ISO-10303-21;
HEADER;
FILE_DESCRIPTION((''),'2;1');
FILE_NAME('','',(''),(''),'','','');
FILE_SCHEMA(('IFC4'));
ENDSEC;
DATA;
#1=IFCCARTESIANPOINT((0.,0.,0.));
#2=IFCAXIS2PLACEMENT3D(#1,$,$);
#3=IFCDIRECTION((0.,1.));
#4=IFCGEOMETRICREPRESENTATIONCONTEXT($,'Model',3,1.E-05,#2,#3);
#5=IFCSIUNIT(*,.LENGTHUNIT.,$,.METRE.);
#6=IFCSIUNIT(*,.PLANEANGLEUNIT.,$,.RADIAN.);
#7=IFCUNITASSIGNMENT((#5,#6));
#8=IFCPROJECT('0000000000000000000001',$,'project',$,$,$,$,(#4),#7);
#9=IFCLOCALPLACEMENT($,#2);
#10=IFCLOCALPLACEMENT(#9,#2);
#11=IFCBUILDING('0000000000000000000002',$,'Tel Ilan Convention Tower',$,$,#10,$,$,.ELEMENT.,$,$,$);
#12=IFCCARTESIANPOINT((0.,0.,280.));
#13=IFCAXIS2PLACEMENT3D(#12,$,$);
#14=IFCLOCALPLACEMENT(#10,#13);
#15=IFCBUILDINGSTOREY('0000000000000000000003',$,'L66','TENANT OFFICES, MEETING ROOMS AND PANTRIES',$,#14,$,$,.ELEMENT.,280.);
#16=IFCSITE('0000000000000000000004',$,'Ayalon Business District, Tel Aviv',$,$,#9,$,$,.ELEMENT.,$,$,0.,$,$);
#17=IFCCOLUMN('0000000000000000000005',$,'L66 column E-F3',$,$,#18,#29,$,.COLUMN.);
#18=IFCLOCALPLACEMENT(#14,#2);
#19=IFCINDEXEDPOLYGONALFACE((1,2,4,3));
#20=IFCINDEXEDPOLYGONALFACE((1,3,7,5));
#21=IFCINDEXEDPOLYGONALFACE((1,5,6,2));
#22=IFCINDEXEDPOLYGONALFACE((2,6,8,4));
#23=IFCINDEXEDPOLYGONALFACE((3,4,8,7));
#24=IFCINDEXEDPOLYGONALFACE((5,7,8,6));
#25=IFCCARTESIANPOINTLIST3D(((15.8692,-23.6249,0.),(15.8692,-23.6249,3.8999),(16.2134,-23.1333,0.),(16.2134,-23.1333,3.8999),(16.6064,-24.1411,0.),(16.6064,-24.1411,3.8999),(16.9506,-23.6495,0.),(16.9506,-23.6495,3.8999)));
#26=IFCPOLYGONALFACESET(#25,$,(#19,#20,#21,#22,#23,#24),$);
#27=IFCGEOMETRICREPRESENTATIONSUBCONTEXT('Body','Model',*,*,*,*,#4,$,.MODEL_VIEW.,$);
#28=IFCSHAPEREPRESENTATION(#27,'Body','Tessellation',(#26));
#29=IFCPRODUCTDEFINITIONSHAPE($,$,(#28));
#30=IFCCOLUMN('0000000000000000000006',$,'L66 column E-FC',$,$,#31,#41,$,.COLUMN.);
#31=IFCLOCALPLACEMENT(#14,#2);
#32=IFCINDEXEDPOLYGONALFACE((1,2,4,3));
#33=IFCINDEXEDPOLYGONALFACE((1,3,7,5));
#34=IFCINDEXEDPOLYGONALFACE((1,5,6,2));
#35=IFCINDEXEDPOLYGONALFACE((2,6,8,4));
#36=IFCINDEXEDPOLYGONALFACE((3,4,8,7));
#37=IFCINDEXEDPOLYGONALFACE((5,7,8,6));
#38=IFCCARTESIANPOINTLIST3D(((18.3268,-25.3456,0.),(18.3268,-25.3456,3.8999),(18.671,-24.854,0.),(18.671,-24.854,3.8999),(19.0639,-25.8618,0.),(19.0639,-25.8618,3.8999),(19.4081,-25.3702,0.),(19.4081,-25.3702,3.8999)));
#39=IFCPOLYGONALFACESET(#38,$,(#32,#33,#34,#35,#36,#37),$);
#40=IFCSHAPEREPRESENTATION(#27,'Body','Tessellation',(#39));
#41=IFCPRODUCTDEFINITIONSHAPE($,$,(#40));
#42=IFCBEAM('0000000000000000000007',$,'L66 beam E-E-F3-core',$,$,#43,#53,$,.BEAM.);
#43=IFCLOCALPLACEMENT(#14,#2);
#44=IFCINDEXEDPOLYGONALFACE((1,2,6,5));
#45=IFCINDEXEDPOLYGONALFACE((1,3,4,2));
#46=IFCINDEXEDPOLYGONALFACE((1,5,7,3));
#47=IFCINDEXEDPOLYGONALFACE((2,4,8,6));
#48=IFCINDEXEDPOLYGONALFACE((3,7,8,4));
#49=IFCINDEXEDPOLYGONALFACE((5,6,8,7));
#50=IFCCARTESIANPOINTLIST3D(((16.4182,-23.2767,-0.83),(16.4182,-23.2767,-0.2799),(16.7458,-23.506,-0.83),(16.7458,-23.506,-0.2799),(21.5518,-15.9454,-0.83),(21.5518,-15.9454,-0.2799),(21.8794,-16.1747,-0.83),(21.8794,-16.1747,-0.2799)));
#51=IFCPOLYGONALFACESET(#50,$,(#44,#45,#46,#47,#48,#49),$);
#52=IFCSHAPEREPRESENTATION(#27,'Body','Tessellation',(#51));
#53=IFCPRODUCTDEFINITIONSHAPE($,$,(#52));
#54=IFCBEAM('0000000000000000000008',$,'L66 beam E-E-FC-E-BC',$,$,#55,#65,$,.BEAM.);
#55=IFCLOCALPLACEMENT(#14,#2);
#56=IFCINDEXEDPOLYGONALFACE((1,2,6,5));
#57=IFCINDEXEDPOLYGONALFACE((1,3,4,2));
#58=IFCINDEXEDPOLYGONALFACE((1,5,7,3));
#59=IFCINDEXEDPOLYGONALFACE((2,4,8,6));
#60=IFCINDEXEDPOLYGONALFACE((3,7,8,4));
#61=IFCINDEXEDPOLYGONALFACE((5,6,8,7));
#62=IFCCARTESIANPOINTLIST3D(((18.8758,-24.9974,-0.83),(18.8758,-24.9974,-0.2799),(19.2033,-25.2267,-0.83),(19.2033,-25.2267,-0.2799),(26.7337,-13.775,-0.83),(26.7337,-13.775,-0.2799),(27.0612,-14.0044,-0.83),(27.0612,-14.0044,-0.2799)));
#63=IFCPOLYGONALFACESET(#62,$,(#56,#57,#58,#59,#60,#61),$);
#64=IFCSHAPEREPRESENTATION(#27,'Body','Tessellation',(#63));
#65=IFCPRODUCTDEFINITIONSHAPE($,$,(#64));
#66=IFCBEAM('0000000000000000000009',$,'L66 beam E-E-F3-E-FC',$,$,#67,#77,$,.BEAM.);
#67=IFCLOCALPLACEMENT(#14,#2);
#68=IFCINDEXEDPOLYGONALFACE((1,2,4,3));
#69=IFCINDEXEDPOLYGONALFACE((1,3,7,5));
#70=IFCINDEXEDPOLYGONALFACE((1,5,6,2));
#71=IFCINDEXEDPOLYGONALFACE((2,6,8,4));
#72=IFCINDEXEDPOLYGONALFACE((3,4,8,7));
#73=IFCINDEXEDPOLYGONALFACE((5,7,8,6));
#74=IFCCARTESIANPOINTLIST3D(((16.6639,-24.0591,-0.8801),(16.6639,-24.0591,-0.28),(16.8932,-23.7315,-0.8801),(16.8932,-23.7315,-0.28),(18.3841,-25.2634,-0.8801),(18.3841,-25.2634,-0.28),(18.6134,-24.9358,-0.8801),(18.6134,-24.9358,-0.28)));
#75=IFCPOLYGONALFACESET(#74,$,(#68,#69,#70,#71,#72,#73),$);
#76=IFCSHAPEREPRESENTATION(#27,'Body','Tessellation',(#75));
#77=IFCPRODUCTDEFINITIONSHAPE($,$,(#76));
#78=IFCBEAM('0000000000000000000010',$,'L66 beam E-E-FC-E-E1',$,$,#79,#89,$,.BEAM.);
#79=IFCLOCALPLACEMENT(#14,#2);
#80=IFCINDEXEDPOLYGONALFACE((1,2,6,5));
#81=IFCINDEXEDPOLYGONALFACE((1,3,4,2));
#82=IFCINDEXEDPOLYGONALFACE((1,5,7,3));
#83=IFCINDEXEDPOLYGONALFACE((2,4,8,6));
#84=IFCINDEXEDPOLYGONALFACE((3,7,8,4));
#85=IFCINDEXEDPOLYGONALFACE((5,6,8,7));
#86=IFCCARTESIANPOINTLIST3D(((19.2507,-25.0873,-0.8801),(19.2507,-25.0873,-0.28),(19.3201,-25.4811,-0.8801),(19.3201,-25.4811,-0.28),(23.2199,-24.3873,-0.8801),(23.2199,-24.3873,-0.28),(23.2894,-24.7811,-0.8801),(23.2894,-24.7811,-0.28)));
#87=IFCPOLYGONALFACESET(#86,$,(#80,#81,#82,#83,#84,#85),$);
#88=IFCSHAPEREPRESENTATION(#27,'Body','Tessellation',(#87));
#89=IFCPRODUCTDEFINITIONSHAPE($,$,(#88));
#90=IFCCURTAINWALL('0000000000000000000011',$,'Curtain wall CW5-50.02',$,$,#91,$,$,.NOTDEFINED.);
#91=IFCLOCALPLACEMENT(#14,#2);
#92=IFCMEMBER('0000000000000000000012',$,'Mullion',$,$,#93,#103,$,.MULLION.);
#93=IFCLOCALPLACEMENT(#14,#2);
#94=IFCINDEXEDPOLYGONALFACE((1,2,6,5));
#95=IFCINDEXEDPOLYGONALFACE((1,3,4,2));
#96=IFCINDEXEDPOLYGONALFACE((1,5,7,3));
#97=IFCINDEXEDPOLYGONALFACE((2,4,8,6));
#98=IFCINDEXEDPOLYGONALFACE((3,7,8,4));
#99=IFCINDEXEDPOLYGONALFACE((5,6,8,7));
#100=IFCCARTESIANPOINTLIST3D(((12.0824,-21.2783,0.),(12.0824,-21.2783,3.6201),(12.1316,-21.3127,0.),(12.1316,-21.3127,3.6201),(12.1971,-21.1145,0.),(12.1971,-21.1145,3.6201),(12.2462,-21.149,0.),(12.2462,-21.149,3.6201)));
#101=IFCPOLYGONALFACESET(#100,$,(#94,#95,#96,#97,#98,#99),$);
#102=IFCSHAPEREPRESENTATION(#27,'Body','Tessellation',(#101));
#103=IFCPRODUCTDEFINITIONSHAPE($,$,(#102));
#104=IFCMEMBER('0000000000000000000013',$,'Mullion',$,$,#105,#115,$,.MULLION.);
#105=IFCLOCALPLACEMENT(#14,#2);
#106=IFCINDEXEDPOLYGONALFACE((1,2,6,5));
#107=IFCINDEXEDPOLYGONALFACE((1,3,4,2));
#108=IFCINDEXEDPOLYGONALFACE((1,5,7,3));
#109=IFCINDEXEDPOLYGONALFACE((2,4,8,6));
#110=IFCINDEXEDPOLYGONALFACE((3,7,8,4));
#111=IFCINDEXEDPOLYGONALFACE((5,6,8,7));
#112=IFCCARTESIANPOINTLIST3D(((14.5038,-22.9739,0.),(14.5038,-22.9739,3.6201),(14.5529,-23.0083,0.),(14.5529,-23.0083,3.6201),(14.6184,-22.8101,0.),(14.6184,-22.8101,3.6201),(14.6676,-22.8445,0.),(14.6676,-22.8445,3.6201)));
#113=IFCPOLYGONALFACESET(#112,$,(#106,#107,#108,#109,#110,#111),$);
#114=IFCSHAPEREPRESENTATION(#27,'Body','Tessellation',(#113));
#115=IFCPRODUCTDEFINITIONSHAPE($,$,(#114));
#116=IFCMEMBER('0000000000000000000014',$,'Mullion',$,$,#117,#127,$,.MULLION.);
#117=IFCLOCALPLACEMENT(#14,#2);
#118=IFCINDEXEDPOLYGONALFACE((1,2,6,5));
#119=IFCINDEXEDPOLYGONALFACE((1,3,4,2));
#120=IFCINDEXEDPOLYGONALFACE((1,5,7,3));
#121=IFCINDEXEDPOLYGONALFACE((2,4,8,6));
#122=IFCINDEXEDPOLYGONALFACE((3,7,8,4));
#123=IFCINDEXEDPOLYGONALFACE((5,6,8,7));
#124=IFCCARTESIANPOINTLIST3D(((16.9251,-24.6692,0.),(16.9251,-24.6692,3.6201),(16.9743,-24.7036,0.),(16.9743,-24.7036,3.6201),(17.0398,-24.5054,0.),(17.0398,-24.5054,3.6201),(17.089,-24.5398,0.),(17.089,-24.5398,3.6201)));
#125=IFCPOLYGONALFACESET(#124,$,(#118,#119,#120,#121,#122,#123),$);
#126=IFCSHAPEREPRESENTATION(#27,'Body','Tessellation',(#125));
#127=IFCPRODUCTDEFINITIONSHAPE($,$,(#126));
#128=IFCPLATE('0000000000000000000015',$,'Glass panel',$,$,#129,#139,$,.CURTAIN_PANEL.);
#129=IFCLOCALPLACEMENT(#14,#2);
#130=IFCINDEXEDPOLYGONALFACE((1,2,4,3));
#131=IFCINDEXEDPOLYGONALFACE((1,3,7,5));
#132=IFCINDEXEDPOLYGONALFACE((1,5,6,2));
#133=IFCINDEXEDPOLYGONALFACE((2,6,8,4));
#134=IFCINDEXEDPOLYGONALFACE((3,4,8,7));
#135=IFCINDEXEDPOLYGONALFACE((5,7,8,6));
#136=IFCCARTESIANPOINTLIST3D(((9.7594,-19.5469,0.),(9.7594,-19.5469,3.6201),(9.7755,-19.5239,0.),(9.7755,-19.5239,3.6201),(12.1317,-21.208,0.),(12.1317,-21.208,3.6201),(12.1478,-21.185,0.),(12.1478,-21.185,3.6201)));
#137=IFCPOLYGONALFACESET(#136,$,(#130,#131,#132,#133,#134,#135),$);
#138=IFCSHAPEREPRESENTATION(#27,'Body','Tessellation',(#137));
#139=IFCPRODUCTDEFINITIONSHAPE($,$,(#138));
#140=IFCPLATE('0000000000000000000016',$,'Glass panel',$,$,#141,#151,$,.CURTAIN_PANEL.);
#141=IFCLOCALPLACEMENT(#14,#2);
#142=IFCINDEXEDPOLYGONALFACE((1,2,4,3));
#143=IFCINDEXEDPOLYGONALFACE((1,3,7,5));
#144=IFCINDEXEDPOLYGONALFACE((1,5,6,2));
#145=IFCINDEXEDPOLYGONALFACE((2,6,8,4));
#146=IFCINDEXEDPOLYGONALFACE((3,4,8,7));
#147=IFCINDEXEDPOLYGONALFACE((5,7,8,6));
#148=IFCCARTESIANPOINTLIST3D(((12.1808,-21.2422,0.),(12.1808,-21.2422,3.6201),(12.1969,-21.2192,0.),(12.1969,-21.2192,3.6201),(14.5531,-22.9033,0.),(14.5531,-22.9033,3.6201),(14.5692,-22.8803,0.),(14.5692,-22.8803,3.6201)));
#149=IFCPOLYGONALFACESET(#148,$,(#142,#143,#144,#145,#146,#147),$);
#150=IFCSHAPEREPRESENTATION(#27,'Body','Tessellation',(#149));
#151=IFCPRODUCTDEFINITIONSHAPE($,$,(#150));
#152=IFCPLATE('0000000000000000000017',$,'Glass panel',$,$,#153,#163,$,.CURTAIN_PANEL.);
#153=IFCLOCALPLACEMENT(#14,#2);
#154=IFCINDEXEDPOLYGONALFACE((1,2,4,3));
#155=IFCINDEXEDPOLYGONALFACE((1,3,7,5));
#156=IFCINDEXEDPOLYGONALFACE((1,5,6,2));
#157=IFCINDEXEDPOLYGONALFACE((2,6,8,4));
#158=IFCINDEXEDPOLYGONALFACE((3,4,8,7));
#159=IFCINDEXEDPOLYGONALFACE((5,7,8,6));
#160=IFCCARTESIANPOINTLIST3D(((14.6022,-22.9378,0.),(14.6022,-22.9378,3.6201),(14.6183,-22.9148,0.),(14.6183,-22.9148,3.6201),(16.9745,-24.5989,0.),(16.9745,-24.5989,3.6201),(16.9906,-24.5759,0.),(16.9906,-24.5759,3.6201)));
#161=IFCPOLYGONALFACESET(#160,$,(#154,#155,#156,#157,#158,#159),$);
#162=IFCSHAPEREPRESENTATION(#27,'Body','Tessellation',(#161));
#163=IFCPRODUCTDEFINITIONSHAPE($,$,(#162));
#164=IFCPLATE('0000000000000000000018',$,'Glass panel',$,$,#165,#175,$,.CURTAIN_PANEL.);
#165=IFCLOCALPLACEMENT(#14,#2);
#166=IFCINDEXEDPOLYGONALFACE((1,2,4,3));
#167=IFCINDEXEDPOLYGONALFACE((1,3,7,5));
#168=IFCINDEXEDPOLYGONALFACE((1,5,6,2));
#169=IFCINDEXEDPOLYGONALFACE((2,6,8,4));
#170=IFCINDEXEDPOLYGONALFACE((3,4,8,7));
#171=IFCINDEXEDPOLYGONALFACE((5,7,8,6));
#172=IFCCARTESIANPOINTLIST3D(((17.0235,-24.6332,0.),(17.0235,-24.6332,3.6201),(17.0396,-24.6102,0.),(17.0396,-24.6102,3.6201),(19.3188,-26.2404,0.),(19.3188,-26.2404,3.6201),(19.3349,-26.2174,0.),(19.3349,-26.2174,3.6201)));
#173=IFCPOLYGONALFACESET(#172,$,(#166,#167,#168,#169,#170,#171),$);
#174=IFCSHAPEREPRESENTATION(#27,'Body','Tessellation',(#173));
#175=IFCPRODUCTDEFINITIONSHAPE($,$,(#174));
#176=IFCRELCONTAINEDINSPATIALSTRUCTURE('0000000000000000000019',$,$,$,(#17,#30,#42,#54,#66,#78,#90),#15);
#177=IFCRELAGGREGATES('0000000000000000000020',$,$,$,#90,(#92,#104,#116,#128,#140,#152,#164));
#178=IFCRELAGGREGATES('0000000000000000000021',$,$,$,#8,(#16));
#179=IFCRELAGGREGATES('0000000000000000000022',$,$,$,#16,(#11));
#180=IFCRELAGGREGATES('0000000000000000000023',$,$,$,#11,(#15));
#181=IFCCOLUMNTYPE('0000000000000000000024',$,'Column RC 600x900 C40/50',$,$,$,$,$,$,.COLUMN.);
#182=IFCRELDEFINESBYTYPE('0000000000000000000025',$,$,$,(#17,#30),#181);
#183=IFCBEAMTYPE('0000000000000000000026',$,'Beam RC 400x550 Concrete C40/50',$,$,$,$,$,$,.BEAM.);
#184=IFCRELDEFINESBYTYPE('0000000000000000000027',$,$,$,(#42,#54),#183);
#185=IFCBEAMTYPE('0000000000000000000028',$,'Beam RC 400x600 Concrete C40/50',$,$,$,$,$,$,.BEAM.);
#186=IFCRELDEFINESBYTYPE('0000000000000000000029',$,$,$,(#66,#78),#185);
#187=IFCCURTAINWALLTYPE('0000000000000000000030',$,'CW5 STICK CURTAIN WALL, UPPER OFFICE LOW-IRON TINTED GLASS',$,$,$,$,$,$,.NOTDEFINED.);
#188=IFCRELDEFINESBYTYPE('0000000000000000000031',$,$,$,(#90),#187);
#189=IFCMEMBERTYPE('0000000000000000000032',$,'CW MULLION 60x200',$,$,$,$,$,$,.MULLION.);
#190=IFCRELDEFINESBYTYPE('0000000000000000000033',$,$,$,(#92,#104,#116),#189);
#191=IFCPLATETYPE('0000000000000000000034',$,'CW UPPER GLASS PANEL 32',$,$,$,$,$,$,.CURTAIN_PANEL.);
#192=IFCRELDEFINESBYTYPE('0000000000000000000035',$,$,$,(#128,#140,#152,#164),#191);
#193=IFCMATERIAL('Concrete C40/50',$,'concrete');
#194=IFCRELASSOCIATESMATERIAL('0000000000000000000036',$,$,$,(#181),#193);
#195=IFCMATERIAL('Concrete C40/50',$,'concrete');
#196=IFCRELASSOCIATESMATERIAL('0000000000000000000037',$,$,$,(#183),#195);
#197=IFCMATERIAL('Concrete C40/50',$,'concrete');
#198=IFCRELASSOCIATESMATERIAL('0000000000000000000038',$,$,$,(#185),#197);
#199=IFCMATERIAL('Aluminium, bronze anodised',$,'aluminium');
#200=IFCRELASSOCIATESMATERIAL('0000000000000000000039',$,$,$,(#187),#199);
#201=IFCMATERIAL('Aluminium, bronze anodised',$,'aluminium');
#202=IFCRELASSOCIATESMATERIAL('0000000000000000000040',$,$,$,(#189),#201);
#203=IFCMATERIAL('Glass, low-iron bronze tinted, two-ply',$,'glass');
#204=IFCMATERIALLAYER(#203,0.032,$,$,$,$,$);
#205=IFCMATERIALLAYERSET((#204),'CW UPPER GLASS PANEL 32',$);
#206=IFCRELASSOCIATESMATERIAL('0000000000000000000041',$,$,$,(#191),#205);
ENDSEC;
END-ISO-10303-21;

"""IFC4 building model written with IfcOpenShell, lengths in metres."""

from ifc_helpers import new_model, si_unit, direction, frame, origin, origin_2d, place, context, subcontext, project, spatial, rectangle, extrude, material, layer, layer_set, material_profile, profile_set, type_object, element, aggregate, save


model = new_model("IFC4")

# Units and contexts
model_context = context("Model", 3, precision=1e-05, world=origin(), true_north=direction((0.0, 1.0)))
body_context = subcontext(model_context, "Body", "Model", "MODEL_VIEW")
ifc_project = project(units=[si_unit("LENGTHUNIT", "METRE"), si_unit("PLANEANGLEUNIT", "RADIAN")], contexts=[model_context])

# Site, building, storey
site_placement = place(None, origin())
site = spatial("IfcSite", under=ifc_project, at=site_placement, Name="Ayalon Business District, Tel Aviv", CompositionType="ELEMENT", RefElevation=0.0)
building_placement = place(site_placement, origin())
building = spatial("IfcBuilding", under=site, at=building_placement, Name="Tel Ilan Convention Tower", CompositionType="ELEMENT")
storey_placement = place(building_placement, frame((0.0, 0.0, 280.0)))
storey = spatial("IfcBuildingStorey", under=building, at=storey_placement, Name="L66", Description="TENANT OFFICES, MEETING ROOMS AND PANTRIES", CompositionType="ELEMENT", Elevation=280.0)

# Columns
ifc_material_1 = material(Name="Concrete C40/50", Category="concrete")
ifc_material_profile_1 = material_profile(ifc_material_1, rectangle(XDim=0.8999, YDim=0.6001, at=origin_2d()), Name="RC 600x900")
ifc_profile_set_1 = profile_set([ifc_material_profile_1], Name="Concrete C40/50")
column_type = type_object("IfcColumnType", Name="Column RC 600x900 C40/50", PredefinedType="COLUMN", material=ifc_profile_set_1)
for number, where, z_axis, x_axis, name in (
    (1, (16.4099, -23.6372, 0.0), (0.0, 0.0, 1.0), (0.819152, -0.573576, 0.0), "L66 column E-F3"),
    (2, (18.8674, -25.3579, 0.0), (0.0, 0.0, 1.0), (0.819152, -0.573576, 0.0), "L66 column E-FC"),
):
    element("IfcColumn", number, at=place(storey_placement, frame(where, z_axis=z_axis, x_axis=x_axis)), inside=storey, type_object=column_type, Name=name, PredefinedType="COLUMN", context=body_context, shape_type="SweptSolid", body=[
        extrude(rectangle(XDim=0.8999, YDim=0.6001, at=origin_2d()), origin(), (0.0, 0.0, 1.0), 3.8999),
    ])

# Beams
ifc_material_2 = material(Name="Concrete C40/50", Category="concrete")
ifc_material_profile_2 = material_profile(ifc_material_2, rectangle(XDim=0.3999, YDim=0.55, at=origin_2d()), Name="RC 400x550")
ifc_profile_set_2 = profile_set([ifc_material_profile_2], Name="Concrete C40/50")
beam_type_1 = type_object("IfcBeamType", Name="Beam RC 400x550 Concrete C40/50", PredefinedType="BEAM", material=ifc_profile_set_2)
beam_1_placement = place(storey_placement, frame((16.582, -23.3914, -0.5549), z_axis=(0.573585, 0.819146, 0.0), x_axis=(-0.819146, 0.573585, 0.0)))
element("IfcBeam", 3, at=beam_1_placement, inside=storey, type_object=beam_type_1, Name="L66 beam E-E-F3-core", PredefinedType="BEAM", context=body_context, shape_type="SweptSolid", body=[
    extrude(rectangle(XDim=0.3999, YDim=0.55, at=origin_2d()), origin(), (0.0, 0.0, 1.0), 8.95),
])
beam_2_placement = place(storey_placement, frame((19.0396, -25.1121, -0.5549), z_axis=(0.573571, 0.819156, 0.0), x_axis=(-0.819156, 0.573571, 0.0)))
element("IfcBeam", 4, at=beam_2_placement, inside=storey, type_object=beam_type_1, Name="L66 beam E-E-FC-E-BC", PredefinedType="BEAM", context=body_context, shape_type="SweptSolid", body=[
    extrude(rectangle(XDim=0.3999, YDim=0.55, at=origin_2d()), origin(), (0.0, 0.0, 1.0), 13.7),
])
ifc_material_3 = material(Name="Concrete C40/50", Category="concrete")
ifc_material_profile_3 = material_profile(ifc_material_3, rectangle(XDim=0.3999, YDim=0.6001, at=origin_2d()), Name="RC 400x600")
ifc_profile_set_3 = profile_set([ifc_material_profile_3], Name="Concrete C40/50")
beam_type_2 = type_object("IfcBeamType", Name="Beam RC 400x600 Concrete C40/50", PredefinedType="BEAM", material=ifc_profile_set_3)
beam_3_placement = place(storey_placement, frame((16.7786, -23.8953, -0.5801), z_axis=(0.819188, -0.573525, 0.0), x_axis=(0.573525, 0.819188, 0.0)))
element("IfcBeam", 5, at=beam_3_placement, inside=storey, type_object=beam_type_2, Name="L66 beam E-E-F3-E-FC", PredefinedType="BEAM", context=body_context, shape_type="SweptSolid", body=[
    extrude(rectangle(XDim=0.3999, YDim=0.6001, at=origin_2d()), origin(), (0.0, 0.0, 1.0), 2.0999),
])
beam_4_placement = place(storey_placement, frame((19.2854, -25.2842, -0.5801), z_axis=(0.984805, 0.173664, 0.0), x_axis=(-0.173664, 0.984805, 0.0)))
element("IfcBeam", 6, at=beam_4_placement, inside=storey, type_object=beam_type_2, Name="L66 beam E-E-FC-E-E1", PredefinedType="BEAM", context=body_context, shape_type="SweptSolid", body=[
    extrude(rectangle(XDim=0.3999, YDim=0.6001, at=origin_2d()), origin(), (0.0, 0.0, 1.0), 4.0305),
])

# Curtain wall, members, plates
ifc_material_4 = material(Name="Aluminium, bronze anodised", Category="aluminium")
curtain_wall_type = type_object("IfcCurtainWallType", Name="CW5 STICK CURTAIN WALL, UPPER OFFICE LOW-IRON TINTED GLASS", PredefinedType="NOTDEFINED", material=ifc_material_4)
curtain_wall_placement = place(storey_placement, origin())
curtain_wall = element("IfcCurtainWall", 7, at=curtain_wall_placement, inside=storey, type_object=curtain_wall_type, Name="Curtain wall CW5-50.02", PredefinedType="NOTDEFINED")
ifc_material_5 = material(Name="Aluminium, bronze anodised", Category="aluminium")
ifc_material_profile_4 = material_profile(ifc_material_5, rectangle(XDim=0.0601, YDim=0.2, at=origin_2d()), Name="CW MULLION 60x200")
ifc_profile_set_4 = profile_set([ifc_material_profile_4], Name="Aluminium, bronze anodised")
member_type = type_object("IfcMemberType", Name="CW MULLION 60x200", PredefinedType="MULLION", material=ifc_profile_set_4)
member_1_placement = place(storey_placement, frame((12.1643, -21.2136, 0.0), z_axis=(0.0, 0.0, 1.0), x_axis=(0.819152, -0.573576, 0.0)))
member_1 = element("IfcMember", 8, at=member_1_placement, type_object=member_type, Name="Mullion", PredefinedType="MULLION", context=body_context, shape_type="SweptSolid", body=[
    extrude(rectangle(XDim=0.0601, YDim=0.2, at=origin_2d()), origin(), (0.0, 0.0, 1.0), 3.6201),
])
member_2_placement = place(storey_placement, frame((14.5857, -22.9092, 0.0), z_axis=(0.0, 0.0, 1.0), x_axis=(0.819152, -0.573576, 0.0)))
member_2 = element("IfcMember", 9, at=member_2_placement, type_object=member_type, Name="Mullion", PredefinedType="MULLION", context=body_context, shape_type="SweptSolid", body=[
    extrude(rectangle(XDim=0.0601, YDim=0.2, at=origin_2d()), origin(), (0.0, 0.0, 1.0), 3.6201),
])
member_3_placement = place(storey_placement, frame((17.0071, -24.6045, 0.0), z_axis=(0.0, 0.0, 1.0), x_axis=(0.819152, -0.573576, 0.0)))
member_3 = element("IfcMember", 10, at=member_3_placement, type_object=member_type, Name="Mullion", PredefinedType="MULLION", context=body_context, shape_type="SweptSolid", body=[
    extrude(rectangle(XDim=0.0601, YDim=0.2, at=origin_2d()), origin(), (0.0, 0.0, 1.0), 3.6201),
])
ifc_material_6 = material(Name="Glass, low-iron bronze tinted, two-ply", Category="glass")
ifc_layer_1 = layer(ifc_material_6, 0.032)
ifc_layer_set_1 = layer_set([ifc_layer_1], Name="CW UPPER GLASS PANEL 32")
plate_type = type_object("IfcPlateType", Name="CW UPPER GLASS PANEL 32", PredefinedType="CURTAIN_PANEL", material=ifc_layer_set_1)
plate_1_placement = place(storey_placement, frame((10.9536, -20.366, 0.0), z_axis=(0.0, 0.0, 1.0), x_axis=(0.819152, -0.573576, 0.0)))
plate_1 = element("IfcPlate", 11, at=plate_1_placement, type_object=plate_type, Name="Glass panel", PredefinedType="CURTAIN_PANEL", context=body_context, shape_type="SweptSolid", body=[
    extrude(rectangle(XDim=2.896, YDim=0.0281, at=origin_2d()), origin(), (0.0, 0.0, 1.0), 3.6201),
])
plate_2_placement = place(storey_placement, frame((13.375, -22.0613, 0.0), z_axis=(0.0, 0.0, 1.0), x_axis=(0.819152, -0.573576, 0.0)))
plate_2 = element("IfcPlate", 12, at=plate_2_placement, type_object=plate_type, Name="Glass panel", PredefinedType="CURTAIN_PANEL", context=body_context, shape_type="SweptSolid", body=[
    extrude(rectangle(XDim=2.896, YDim=0.0281, at=origin_2d()), origin(), (0.0, 0.0, 1.0), 3.6201),
])
plate_3_placement = place(storey_placement, frame((15.7964, -23.7568, 0.0), z_axis=(0.0, 0.0, 1.0), x_axis=(0.819152, -0.573576, 0.0)))
plate_3 = element("IfcPlate", 13, at=plate_3_placement, type_object=plate_type, Name="Glass panel", PredefinedType="CURTAIN_PANEL", context=body_context, shape_type="SweptSolid", body=[
    extrude(rectangle(XDim=2.896, YDim=0.0281, at=origin_2d()), origin(), (0.0, 0.0, 1.0), 3.6201),
])
plate_4_placement = place(storey_placement, frame((18.1792, -25.4253, 0.0), z_axis=(0.0, 0.0, 1.0), x_axis=(0.819152, -0.573576, 0.0)))
plate_4 = element("IfcPlate", 14, at=plate_4_placement, type_object=plate_type, Name="Glass panel", PredefinedType="CURTAIN_PANEL", context=body_context, shape_type="SweptSolid", body=[
    extrude(rectangle(XDim=2.802, YDim=0.0281, at=origin_2d()), origin(), (0.0, 0.0, 1.0), 3.6201),
])
aggregate(curtain_wall, [member_1, member_2, member_3, plate_1, plate_2, plate_3, plate_4])

save(model, "model.ifc")
